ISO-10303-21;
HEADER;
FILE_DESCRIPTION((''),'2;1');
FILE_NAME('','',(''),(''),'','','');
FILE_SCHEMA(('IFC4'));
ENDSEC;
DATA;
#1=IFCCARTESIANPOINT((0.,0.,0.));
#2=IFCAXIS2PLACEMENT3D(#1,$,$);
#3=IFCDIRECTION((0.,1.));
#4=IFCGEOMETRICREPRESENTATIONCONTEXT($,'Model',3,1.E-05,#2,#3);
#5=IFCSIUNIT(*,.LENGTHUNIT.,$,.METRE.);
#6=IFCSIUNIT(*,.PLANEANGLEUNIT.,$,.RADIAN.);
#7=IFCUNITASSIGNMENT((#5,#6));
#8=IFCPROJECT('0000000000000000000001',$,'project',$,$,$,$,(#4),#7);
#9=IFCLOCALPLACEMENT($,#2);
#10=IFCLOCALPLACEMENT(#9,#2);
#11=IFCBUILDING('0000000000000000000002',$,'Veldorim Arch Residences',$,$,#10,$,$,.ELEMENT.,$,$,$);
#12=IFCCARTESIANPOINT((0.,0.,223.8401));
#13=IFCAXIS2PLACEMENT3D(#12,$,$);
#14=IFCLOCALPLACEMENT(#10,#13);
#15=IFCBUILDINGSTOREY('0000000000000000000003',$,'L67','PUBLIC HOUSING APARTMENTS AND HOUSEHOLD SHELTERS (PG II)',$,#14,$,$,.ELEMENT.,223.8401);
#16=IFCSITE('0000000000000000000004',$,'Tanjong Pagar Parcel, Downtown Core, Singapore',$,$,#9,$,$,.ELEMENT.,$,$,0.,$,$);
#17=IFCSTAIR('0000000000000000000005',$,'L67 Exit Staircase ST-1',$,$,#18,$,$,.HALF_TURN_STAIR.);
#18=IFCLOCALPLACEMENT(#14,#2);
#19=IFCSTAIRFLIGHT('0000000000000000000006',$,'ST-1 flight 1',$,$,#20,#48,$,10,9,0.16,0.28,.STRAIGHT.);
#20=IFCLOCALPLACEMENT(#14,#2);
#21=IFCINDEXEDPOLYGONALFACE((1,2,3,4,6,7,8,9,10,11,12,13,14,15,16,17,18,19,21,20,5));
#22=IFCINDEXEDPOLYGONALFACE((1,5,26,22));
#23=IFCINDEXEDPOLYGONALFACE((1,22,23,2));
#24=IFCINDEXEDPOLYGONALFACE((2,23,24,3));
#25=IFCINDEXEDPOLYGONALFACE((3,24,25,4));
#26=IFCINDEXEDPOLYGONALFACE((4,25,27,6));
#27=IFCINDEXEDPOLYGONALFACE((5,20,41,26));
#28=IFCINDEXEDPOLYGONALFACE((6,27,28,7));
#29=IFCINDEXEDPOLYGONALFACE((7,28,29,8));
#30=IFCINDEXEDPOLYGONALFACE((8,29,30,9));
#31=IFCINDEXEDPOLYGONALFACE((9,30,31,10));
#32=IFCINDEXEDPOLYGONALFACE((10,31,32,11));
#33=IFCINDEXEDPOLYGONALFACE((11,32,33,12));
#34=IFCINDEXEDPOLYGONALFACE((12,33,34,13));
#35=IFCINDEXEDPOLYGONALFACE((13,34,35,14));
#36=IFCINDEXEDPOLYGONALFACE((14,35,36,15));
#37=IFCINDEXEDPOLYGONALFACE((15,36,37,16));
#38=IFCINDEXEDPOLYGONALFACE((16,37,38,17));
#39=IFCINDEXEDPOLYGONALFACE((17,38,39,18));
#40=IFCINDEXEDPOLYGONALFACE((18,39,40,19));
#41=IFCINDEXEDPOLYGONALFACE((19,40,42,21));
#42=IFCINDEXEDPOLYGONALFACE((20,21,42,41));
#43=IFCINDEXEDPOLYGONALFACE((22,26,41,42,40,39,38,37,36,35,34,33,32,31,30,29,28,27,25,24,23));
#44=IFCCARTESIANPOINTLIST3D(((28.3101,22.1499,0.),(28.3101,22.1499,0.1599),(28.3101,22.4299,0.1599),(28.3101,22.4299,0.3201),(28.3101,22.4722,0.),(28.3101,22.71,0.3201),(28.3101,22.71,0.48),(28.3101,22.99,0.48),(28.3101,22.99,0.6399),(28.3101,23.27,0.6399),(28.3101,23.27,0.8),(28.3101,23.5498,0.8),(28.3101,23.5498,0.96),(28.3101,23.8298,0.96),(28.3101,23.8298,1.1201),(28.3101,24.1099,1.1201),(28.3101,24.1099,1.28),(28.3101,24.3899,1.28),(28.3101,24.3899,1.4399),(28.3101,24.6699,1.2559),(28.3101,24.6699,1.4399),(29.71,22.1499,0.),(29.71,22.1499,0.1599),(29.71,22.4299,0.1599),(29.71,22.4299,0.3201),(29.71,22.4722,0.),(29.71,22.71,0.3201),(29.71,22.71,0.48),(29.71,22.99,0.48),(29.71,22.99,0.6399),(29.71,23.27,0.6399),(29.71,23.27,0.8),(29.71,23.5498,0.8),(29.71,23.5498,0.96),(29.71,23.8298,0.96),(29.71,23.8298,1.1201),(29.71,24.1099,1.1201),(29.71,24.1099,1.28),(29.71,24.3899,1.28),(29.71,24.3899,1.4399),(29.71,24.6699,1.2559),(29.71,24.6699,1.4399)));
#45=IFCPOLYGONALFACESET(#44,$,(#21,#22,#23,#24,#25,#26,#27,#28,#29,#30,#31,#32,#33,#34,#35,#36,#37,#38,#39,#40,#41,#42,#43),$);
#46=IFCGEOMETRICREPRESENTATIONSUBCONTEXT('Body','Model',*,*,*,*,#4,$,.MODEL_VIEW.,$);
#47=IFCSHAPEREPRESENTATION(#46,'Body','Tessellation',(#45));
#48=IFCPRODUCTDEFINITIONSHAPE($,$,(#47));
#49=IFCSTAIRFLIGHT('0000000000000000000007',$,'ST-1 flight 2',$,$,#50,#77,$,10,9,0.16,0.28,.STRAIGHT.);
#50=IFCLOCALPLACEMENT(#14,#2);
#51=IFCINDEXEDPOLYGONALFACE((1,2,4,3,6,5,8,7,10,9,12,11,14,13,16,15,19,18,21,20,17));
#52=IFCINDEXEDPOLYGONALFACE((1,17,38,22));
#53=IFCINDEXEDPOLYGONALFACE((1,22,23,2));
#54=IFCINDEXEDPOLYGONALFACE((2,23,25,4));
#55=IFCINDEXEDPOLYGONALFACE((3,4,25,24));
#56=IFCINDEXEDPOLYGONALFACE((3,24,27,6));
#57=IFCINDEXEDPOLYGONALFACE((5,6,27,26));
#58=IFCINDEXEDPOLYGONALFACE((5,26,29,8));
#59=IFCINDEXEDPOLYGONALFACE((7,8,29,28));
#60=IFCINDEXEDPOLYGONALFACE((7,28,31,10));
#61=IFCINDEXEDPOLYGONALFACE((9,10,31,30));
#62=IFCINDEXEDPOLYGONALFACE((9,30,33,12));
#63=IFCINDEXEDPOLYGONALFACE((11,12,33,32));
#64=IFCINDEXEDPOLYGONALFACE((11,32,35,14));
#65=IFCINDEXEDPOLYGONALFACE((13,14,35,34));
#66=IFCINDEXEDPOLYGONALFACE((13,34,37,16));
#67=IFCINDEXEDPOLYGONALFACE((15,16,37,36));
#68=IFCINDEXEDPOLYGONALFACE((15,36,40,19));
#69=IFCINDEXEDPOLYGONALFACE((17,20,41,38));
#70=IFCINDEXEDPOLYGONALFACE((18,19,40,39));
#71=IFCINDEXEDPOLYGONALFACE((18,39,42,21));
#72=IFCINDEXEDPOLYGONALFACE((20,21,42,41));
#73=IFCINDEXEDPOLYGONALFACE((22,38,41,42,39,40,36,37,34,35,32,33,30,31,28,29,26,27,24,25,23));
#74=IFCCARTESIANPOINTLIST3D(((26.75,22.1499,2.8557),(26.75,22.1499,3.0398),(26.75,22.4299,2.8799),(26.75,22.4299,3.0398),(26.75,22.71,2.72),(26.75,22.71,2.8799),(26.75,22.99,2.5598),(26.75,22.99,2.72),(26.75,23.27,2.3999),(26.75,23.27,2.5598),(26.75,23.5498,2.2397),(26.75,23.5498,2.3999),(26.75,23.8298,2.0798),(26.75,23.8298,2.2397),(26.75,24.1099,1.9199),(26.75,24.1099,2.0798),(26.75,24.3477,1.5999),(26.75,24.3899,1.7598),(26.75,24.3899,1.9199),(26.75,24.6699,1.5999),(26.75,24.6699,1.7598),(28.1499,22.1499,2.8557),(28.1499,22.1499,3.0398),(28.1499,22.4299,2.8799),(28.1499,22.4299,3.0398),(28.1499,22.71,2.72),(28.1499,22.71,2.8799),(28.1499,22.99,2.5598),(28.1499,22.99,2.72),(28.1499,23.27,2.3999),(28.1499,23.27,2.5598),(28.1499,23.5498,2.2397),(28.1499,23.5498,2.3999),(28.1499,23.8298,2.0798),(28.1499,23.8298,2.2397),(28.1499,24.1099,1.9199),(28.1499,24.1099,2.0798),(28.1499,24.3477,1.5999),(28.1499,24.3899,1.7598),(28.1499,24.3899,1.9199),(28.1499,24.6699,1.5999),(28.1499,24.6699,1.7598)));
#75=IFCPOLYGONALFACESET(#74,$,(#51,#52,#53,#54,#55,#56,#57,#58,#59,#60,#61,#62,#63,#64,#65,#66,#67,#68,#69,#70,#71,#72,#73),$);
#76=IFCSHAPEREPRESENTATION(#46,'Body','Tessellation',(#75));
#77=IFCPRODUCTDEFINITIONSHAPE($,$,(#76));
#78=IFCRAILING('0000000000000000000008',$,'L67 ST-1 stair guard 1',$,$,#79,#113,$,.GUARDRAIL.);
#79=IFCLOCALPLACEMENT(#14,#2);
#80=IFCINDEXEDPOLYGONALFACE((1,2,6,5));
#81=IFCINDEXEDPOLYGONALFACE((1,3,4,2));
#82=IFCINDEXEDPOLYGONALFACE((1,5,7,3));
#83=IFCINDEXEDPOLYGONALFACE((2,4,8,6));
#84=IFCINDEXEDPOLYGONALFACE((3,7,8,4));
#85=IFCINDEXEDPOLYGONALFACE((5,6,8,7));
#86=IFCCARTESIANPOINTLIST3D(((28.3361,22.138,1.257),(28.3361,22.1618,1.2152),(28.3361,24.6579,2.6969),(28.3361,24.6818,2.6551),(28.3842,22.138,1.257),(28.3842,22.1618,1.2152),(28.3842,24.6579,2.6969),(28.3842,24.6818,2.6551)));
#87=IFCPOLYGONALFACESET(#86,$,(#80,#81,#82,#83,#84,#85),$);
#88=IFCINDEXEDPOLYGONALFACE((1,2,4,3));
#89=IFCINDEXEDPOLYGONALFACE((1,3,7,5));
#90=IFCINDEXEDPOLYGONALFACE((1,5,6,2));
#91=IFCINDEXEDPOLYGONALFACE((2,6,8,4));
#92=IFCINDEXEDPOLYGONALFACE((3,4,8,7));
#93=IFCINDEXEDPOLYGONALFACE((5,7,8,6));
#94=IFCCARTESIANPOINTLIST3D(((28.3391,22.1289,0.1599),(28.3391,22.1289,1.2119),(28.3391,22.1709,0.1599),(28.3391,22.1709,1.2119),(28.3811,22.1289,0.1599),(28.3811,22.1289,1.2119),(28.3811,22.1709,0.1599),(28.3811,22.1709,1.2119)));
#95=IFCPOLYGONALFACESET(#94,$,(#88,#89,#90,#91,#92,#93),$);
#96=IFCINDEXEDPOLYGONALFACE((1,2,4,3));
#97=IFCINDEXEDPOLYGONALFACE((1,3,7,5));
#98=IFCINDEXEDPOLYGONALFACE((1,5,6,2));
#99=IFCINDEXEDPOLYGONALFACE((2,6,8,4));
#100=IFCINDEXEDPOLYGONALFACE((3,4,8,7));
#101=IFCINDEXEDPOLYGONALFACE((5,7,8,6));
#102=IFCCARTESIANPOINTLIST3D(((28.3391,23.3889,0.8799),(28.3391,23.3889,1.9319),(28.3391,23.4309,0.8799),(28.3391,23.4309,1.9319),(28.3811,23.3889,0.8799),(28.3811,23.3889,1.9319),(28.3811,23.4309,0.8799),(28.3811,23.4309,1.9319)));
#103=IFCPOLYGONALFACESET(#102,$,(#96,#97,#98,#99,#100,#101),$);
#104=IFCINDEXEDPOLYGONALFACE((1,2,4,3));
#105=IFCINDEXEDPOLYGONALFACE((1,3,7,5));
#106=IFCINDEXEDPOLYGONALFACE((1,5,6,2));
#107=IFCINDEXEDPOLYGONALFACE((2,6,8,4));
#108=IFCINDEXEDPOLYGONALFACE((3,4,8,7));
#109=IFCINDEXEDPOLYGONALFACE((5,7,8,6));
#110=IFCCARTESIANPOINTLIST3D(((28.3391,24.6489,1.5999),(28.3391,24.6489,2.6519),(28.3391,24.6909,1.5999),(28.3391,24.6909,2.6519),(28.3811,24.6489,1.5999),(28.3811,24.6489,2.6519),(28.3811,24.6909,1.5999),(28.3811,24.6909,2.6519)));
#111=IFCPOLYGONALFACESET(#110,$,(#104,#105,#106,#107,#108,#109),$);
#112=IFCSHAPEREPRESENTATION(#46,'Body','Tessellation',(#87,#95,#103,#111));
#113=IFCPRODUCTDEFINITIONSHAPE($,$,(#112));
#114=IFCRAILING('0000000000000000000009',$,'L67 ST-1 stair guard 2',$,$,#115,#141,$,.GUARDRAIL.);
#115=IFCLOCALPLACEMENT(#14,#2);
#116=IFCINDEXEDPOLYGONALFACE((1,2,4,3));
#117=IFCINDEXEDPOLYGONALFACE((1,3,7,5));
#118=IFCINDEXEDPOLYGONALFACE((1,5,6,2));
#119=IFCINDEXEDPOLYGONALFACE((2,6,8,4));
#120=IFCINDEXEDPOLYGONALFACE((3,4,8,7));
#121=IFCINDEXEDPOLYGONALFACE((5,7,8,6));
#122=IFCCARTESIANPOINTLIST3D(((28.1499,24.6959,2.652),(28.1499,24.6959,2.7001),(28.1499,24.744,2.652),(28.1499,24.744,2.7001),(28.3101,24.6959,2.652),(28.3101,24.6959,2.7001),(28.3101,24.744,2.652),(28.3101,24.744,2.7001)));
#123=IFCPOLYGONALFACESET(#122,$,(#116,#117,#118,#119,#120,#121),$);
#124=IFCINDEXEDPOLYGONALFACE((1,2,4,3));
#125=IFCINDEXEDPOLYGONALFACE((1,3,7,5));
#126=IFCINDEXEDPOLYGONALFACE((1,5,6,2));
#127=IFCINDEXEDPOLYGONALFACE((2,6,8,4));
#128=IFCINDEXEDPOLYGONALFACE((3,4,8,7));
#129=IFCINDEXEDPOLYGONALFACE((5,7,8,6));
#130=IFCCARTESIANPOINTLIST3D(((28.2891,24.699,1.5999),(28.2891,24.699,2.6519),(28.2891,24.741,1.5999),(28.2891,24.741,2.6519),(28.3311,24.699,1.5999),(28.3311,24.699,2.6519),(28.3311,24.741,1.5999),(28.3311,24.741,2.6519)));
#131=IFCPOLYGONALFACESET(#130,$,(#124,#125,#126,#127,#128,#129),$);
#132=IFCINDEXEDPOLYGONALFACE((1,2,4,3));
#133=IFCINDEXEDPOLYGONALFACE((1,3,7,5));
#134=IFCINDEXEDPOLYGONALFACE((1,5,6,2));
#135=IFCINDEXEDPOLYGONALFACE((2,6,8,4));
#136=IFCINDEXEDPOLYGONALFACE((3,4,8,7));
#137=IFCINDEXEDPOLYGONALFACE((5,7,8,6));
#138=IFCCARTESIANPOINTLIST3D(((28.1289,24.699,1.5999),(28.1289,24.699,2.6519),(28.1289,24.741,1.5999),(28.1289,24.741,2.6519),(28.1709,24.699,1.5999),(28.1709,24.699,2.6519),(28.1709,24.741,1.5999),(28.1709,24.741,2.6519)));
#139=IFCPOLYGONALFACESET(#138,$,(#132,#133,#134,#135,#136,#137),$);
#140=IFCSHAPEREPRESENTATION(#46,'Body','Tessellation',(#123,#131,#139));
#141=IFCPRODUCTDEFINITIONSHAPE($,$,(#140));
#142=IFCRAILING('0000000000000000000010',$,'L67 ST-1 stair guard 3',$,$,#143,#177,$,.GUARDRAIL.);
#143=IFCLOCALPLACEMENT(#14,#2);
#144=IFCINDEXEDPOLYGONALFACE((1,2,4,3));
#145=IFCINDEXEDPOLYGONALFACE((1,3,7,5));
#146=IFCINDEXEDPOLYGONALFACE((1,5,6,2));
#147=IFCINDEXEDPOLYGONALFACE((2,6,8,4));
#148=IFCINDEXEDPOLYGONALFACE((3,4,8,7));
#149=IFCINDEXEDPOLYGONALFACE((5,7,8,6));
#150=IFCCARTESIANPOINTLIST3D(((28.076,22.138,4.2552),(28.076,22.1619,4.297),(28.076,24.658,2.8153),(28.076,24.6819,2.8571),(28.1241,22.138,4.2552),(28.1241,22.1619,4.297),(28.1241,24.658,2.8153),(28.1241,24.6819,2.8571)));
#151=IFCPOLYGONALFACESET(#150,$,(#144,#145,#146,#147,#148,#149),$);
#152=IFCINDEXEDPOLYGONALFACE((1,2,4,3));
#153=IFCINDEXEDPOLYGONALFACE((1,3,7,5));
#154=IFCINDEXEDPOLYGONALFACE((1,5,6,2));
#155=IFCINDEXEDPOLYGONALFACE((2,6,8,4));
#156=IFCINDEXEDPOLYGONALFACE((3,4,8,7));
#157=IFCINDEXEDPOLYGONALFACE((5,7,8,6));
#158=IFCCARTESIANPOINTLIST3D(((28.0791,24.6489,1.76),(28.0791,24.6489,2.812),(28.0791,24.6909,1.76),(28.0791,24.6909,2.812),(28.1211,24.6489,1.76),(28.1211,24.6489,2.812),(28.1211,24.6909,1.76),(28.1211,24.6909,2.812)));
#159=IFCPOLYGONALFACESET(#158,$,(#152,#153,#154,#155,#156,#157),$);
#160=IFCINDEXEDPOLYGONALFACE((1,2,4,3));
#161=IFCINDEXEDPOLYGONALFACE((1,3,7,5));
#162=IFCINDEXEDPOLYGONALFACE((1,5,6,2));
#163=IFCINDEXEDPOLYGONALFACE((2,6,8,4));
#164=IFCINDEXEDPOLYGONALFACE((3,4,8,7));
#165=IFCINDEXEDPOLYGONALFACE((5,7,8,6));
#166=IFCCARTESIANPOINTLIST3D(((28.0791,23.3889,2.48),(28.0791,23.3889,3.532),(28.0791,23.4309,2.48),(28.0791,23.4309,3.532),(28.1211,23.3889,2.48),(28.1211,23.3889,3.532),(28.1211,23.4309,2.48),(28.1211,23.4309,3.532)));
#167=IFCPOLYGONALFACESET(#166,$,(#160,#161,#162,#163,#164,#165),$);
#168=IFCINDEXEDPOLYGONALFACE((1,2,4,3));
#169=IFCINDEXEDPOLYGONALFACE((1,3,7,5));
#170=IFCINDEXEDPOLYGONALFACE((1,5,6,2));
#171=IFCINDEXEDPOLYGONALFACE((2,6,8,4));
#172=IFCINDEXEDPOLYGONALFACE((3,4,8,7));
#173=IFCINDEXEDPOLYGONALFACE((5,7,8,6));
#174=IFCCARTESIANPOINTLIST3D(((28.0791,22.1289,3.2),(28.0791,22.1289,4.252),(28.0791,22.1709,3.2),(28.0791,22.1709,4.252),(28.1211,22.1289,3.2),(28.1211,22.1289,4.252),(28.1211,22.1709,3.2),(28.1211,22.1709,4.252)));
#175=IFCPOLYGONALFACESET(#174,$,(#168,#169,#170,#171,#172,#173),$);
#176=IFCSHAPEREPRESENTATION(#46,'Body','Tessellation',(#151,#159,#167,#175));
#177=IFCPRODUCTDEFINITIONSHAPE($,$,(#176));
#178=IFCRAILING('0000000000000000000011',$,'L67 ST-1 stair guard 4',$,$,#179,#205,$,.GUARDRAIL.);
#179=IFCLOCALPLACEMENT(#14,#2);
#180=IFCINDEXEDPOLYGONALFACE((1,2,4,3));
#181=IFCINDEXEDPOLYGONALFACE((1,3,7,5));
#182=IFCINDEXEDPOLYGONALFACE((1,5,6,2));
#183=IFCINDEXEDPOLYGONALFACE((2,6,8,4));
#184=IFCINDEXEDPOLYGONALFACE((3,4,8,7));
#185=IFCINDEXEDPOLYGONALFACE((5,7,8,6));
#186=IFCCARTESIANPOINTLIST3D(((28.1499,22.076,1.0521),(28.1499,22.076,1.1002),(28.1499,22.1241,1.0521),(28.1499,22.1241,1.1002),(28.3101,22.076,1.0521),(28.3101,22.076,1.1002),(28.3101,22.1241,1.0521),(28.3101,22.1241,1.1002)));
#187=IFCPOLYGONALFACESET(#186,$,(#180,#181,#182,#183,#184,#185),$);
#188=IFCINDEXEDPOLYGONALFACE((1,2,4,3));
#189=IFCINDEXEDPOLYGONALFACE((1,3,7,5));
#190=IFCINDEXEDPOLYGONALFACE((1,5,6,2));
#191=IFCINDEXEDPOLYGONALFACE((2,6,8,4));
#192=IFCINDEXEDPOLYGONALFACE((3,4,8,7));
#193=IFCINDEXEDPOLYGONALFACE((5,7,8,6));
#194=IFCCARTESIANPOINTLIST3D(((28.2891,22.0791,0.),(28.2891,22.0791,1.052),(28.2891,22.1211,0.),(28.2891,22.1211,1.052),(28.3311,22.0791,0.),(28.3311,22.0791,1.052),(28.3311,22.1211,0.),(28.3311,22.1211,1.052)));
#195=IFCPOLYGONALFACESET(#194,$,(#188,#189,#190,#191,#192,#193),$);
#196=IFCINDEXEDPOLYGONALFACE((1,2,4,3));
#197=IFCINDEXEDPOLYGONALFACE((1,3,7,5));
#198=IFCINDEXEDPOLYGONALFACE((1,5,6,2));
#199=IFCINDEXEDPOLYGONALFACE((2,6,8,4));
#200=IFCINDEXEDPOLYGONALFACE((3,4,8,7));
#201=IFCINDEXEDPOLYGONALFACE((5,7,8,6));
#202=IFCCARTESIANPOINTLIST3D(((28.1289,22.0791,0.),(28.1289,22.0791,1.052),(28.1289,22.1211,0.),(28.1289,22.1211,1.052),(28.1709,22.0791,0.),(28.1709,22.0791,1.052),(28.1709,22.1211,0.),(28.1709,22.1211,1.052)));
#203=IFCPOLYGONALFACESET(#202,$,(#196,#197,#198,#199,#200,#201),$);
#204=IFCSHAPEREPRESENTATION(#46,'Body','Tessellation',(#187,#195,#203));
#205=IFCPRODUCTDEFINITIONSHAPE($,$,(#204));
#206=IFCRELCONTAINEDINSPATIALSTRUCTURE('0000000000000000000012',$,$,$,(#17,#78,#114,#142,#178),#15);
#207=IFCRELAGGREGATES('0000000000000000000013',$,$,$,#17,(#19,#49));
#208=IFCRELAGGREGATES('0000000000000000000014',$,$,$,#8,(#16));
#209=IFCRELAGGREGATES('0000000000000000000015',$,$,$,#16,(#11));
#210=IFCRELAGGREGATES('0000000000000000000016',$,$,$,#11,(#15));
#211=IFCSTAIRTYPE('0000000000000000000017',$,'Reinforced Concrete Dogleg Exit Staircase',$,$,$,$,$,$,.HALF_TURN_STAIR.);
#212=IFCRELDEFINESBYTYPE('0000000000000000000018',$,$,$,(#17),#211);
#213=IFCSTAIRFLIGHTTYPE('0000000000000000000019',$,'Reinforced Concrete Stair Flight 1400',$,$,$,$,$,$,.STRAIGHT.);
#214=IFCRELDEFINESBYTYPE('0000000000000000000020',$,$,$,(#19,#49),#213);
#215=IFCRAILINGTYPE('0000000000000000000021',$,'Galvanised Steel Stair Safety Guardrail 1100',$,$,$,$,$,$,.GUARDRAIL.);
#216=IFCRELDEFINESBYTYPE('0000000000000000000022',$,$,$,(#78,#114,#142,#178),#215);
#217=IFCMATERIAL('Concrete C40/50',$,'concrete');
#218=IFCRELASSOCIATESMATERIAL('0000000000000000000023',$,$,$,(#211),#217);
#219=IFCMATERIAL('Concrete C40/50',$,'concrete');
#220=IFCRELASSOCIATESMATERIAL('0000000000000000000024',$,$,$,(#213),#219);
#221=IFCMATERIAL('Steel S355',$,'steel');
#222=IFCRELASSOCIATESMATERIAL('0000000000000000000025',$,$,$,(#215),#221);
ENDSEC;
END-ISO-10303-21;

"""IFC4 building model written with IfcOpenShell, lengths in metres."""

from ifc_helpers import new_model, si_unit, direction, frame, origin, origin_2d, place, context, subcontext, project, spatial, polyline, rectangle, outline, extrude, material, type_object, element, aggregate, save


model = new_model("IFC4")

# Units and contexts
model_context = context("Model", 3, precision=1e-05, world=origin(), true_north=direction((0.0, 1.0)))
body_context = subcontext(model_context, "Body", "Model", "MODEL_VIEW")
ifc_project = project(units=[si_unit("LENGTHUNIT", "METRE"), si_unit("PLANEANGLEUNIT", "RADIAN")], contexts=[model_context])

# Site, building, storey
site_placement = place(None, origin())
site = spatial("IfcSite", under=ifc_project, at=site_placement, Name="Tanjong Pagar Parcel, Downtown Core, Singapore", CompositionType="ELEMENT", RefElevation=0.0)
building_placement = place(site_placement, origin())
building = spatial("IfcBuilding", under=site, at=building_placement, Name="Veldorim Arch Residences", CompositionType="ELEMENT")
storey_placement = place(building_placement, frame((0.0, 0.0, 223.8401)))
storey = spatial("IfcBuildingStorey", under=building, at=storey_placement, Name="L67", Description="PUBLIC HOUSING APARTMENTS AND HOUSEHOLD SHELTERS (PG II)", CompositionType="ELEMENT", Elevation=223.8401)

# Stair, stair flights
ifc_material_1 = material(Name="Concrete C40/50", Category="concrete")
stair_type = type_object("IfcStairType", Name="Reinforced Concrete Dogleg Exit Staircase", PredefinedType="HALF_TURN_STAIR", material=ifc_material_1)
stair_placement = place(storey_placement, origin())
stair = element("IfcStair", 1, at=stair_placement, inside=storey, type_object=stair_type, Name="L67 Exit Staircase ST-1", PredefinedType="HALF_TURN_STAIR")
ifc_material_2 = material(Name="Concrete C40/50", Category="concrete")
stair_flight_type = type_object("IfcStairFlightType", Name="Reinforced Concrete Stair Flight 1400", PredefinedType="STRAIGHT", material=ifc_material_2)
stair_flight_1_placement = place(storey_placement, frame((29.01, 22.1499, 0.0), z_axis=(0.0, 0.0, 1.0), x_axis=(0.0, 1.0, 0.0)))
stair_flight_1 = element("IfcStairFlight", 2, at=stair_flight_1_placement, type_object=stair_flight_type, Name="ST-1 flight 1", NumberOfRisers=10, NumberOfTreads=9, PredefinedType="STRAIGHT", RiserHeight=0.16, TreadLength=0.28, context=body_context, shape_type="SweptSolid", body=[
    extrude(outline(polyline([(0.0, 0.0), (0.0, 0.1599), (0.28, 0.1599), (0.28, 0.3201), (0.5601, 0.3201), (0.5601, 0.48), (0.8401, 0.48), (0.8401, 0.6399), (1.1201, 0.6399), (1.1201, 0.8), (1.3999, 0.8), (1.3999, 0.96), (1.6799, 0.96), (1.6799, 1.1201), (1.96, 1.1201), (1.96, 1.28), (2.24, 1.28), (2.24, 1.4399), (2.52, 1.4399), (2.52, 1.6001), (2.52, 1.2559), (0.3223, 0.0), (0.0, 0.0)])), frame((0.0, 0.7, 0.0), z_axis=(0.0, -1.0, 0.0), x_axis=(1.0, 0.0, 0.0)), (0.0, 0.0, 1.0), 1.3999),
])
stair_flight_2_placement = place(storey_placement, frame((27.45, 24.6699, 1.5999), z_axis=(0.0, 0.0, 1.0), x_axis=(0.0, -1.0, 0.0)))
stair_flight_2 = element("IfcStairFlight", 3, at=stair_flight_2_placement, type_object=stair_flight_type, Name="ST-1 flight 2", NumberOfRisers=10, NumberOfTreads=9, PredefinedType="STRAIGHT", RiserHeight=0.16, TreadLength=0.28, context=body_context, shape_type="SweptSolid", body=[
    extrude(outline(polyline([(0.0, 0.0), (0.0, 0.1599), (0.28, 0.1599), (0.28, 0.3201), (0.5601, 0.3201), (0.5601, 0.48), (0.8401, 0.48), (0.8401, 0.6399), (1.1201, 0.6399), (1.1201, 0.8), (1.3999, 0.8), (1.3999, 0.96), (1.6799, 0.96), (1.6799, 1.1201), (1.96, 1.1201), (1.96, 1.28), (2.24, 1.28), (2.24, 1.4399), (2.52, 1.4399), (2.52, 1.6001), (2.52, 1.2559), (0.3223, 0.0), (0.0, 0.0)])), frame((0.0, 0.7, 0.0), z_axis=(0.0, -1.0, 0.0), x_axis=(1.0, 0.0, 0.0)), (0.0, 0.0, 1.0), 1.3999),
])
aggregate(stair, [stair_flight_1, stair_flight_2])

# Railings
ifc_material_3 = material(Name="Steel S355", Category="steel")
railing_type_1 = type_object("IfcRailingType", Name="Galvanised Steel Stair Safety Guardrail 1100", PredefinedType="GUARDRAIL", material=ifc_material_3)
railing_1_placement = place(storey_placement, frame((28.3601, 22.1499, 0.1599)))
element("IfcRailing", 4, at=railing_1_placement, inside=storey, type_object=railing_type_1, Name="L67 ST-1 stair guard 1", PredefinedType="GUARDRAIL", context=body_context, shape_type="SweptSolid", body=[
    extrude(rectangle(XDim=0.0481, YDim=0.0481, at=origin_2d()), frame((0.0, 0.0, 1.0762), z_axis=(0.0, 0.868253, 0.496121), x_axis=(-1.0, 0.0, 0.0)), (0.0, 0.0, 1.0), 2.9023),
    extrude(rectangle(XDim=0.042, YDim=0.042, at=origin_2d()), origin(), (0.0, 0.0, 1.0), 1.052),
    extrude(rectangle(XDim=0.042, YDim=0.042, at=origin_2d()), frame((0.0, 1.26, 0.72)), (0.0, 0.0, 1.0), 1.052),
    extrude(rectangle(XDim=0.042, YDim=0.042, at=origin_2d()), frame((0.0, 2.52, 1.4399)), (0.0, 0.0, 1.0), 1.052),
])
railing_2_placement = place(storey_placement, frame((28.3101, 24.72, 1.5999)))
element("IfcRailing", 5, at=railing_2_placement, inside=storey, type_object=railing_type_1, Name="L67 ST-1 stair guard 2", PredefinedType="GUARDRAIL", context=body_context, shape_type="SweptSolid", body=[
    extrude(rectangle(XDim=0.0481, YDim=0.0481, at=origin_2d()), frame((0.0, 0.0, 1.0762), z_axis=(-1.0, 0.0, 0.0), x_axis=(0.0, -1.0, 0.0)), (0.0, 0.0, 1.0), 0.1602),
    extrude(rectangle(XDim=0.042, YDim=0.042, at=origin_2d()), origin(), (0.0, 0.0, 1.0), 1.052),
    extrude(rectangle(XDim=0.042, YDim=0.042, at=origin_2d()), frame((-0.1602, 0.0, 0.0)), (0.0, 0.0, 1.0), 1.052),
])
railing_3_placement = place(storey_placement, frame((28.1001, 24.6699, 1.76)))
element("IfcRailing", 6, at=railing_3_placement, inside=storey, type_object=railing_type_1, Name="L67 ST-1 stair guard 3", PredefinedType="GUARDRAIL", context=body_context, shape_type="SweptSolid", body=[
    extrude(rectangle(XDim=0.0481, YDim=0.0481, at=origin_2d()), frame((0.0, 0.0, 1.0762), z_axis=(0.0, -0.868253, 0.496121), x_axis=(1.0, 0.0, 0.0)), (0.0, 0.0, 1.0), 2.9023),
    extrude(rectangle(XDim=0.042, YDim=0.042, at=origin_2d()), origin(), (0.0, 0.0, 1.0), 1.052),
    extrude(rectangle(XDim=0.042, YDim=0.042, at=origin_2d()), frame((0.0, -1.26, 0.72)), (0.0, 0.0, 1.0), 1.052),
    extrude(rectangle(XDim=0.042, YDim=0.042, at=origin_2d()), frame((0.0, -2.52, 1.4399)), (0.0, 0.0, 1.0), 1.052),
])
railing_4_placement = place(storey_placement, frame((28.3101, 22.1001, 0.0)))
element("IfcRailing", 7, at=railing_4_placement, inside=storey, type_object=railing_type_1, Name="L67 ST-1 stair guard 4", PredefinedType="GUARDRAIL", context=body_context, shape_type="SweptSolid", body=[
    extrude(rectangle(XDim=0.0481, YDim=0.0481, at=origin_2d()), frame((0.0, 0.0, 1.0762), z_axis=(-1.0, 0.0, 0.0), x_axis=(0.0, -1.0, 0.0)), (0.0, 0.0, 1.0), 0.1602),
    extrude(rectangle(XDim=0.042, YDim=0.042, at=origin_2d()), origin(), (0.0, 0.0, 1.0), 1.052),
    extrude(rectangle(XDim=0.042, YDim=0.042, at=origin_2d()), frame((-0.1602, 0.0, 0.0)), (0.0, 0.0, 1.0), 1.052),
])

save(model, "model.ifc")
